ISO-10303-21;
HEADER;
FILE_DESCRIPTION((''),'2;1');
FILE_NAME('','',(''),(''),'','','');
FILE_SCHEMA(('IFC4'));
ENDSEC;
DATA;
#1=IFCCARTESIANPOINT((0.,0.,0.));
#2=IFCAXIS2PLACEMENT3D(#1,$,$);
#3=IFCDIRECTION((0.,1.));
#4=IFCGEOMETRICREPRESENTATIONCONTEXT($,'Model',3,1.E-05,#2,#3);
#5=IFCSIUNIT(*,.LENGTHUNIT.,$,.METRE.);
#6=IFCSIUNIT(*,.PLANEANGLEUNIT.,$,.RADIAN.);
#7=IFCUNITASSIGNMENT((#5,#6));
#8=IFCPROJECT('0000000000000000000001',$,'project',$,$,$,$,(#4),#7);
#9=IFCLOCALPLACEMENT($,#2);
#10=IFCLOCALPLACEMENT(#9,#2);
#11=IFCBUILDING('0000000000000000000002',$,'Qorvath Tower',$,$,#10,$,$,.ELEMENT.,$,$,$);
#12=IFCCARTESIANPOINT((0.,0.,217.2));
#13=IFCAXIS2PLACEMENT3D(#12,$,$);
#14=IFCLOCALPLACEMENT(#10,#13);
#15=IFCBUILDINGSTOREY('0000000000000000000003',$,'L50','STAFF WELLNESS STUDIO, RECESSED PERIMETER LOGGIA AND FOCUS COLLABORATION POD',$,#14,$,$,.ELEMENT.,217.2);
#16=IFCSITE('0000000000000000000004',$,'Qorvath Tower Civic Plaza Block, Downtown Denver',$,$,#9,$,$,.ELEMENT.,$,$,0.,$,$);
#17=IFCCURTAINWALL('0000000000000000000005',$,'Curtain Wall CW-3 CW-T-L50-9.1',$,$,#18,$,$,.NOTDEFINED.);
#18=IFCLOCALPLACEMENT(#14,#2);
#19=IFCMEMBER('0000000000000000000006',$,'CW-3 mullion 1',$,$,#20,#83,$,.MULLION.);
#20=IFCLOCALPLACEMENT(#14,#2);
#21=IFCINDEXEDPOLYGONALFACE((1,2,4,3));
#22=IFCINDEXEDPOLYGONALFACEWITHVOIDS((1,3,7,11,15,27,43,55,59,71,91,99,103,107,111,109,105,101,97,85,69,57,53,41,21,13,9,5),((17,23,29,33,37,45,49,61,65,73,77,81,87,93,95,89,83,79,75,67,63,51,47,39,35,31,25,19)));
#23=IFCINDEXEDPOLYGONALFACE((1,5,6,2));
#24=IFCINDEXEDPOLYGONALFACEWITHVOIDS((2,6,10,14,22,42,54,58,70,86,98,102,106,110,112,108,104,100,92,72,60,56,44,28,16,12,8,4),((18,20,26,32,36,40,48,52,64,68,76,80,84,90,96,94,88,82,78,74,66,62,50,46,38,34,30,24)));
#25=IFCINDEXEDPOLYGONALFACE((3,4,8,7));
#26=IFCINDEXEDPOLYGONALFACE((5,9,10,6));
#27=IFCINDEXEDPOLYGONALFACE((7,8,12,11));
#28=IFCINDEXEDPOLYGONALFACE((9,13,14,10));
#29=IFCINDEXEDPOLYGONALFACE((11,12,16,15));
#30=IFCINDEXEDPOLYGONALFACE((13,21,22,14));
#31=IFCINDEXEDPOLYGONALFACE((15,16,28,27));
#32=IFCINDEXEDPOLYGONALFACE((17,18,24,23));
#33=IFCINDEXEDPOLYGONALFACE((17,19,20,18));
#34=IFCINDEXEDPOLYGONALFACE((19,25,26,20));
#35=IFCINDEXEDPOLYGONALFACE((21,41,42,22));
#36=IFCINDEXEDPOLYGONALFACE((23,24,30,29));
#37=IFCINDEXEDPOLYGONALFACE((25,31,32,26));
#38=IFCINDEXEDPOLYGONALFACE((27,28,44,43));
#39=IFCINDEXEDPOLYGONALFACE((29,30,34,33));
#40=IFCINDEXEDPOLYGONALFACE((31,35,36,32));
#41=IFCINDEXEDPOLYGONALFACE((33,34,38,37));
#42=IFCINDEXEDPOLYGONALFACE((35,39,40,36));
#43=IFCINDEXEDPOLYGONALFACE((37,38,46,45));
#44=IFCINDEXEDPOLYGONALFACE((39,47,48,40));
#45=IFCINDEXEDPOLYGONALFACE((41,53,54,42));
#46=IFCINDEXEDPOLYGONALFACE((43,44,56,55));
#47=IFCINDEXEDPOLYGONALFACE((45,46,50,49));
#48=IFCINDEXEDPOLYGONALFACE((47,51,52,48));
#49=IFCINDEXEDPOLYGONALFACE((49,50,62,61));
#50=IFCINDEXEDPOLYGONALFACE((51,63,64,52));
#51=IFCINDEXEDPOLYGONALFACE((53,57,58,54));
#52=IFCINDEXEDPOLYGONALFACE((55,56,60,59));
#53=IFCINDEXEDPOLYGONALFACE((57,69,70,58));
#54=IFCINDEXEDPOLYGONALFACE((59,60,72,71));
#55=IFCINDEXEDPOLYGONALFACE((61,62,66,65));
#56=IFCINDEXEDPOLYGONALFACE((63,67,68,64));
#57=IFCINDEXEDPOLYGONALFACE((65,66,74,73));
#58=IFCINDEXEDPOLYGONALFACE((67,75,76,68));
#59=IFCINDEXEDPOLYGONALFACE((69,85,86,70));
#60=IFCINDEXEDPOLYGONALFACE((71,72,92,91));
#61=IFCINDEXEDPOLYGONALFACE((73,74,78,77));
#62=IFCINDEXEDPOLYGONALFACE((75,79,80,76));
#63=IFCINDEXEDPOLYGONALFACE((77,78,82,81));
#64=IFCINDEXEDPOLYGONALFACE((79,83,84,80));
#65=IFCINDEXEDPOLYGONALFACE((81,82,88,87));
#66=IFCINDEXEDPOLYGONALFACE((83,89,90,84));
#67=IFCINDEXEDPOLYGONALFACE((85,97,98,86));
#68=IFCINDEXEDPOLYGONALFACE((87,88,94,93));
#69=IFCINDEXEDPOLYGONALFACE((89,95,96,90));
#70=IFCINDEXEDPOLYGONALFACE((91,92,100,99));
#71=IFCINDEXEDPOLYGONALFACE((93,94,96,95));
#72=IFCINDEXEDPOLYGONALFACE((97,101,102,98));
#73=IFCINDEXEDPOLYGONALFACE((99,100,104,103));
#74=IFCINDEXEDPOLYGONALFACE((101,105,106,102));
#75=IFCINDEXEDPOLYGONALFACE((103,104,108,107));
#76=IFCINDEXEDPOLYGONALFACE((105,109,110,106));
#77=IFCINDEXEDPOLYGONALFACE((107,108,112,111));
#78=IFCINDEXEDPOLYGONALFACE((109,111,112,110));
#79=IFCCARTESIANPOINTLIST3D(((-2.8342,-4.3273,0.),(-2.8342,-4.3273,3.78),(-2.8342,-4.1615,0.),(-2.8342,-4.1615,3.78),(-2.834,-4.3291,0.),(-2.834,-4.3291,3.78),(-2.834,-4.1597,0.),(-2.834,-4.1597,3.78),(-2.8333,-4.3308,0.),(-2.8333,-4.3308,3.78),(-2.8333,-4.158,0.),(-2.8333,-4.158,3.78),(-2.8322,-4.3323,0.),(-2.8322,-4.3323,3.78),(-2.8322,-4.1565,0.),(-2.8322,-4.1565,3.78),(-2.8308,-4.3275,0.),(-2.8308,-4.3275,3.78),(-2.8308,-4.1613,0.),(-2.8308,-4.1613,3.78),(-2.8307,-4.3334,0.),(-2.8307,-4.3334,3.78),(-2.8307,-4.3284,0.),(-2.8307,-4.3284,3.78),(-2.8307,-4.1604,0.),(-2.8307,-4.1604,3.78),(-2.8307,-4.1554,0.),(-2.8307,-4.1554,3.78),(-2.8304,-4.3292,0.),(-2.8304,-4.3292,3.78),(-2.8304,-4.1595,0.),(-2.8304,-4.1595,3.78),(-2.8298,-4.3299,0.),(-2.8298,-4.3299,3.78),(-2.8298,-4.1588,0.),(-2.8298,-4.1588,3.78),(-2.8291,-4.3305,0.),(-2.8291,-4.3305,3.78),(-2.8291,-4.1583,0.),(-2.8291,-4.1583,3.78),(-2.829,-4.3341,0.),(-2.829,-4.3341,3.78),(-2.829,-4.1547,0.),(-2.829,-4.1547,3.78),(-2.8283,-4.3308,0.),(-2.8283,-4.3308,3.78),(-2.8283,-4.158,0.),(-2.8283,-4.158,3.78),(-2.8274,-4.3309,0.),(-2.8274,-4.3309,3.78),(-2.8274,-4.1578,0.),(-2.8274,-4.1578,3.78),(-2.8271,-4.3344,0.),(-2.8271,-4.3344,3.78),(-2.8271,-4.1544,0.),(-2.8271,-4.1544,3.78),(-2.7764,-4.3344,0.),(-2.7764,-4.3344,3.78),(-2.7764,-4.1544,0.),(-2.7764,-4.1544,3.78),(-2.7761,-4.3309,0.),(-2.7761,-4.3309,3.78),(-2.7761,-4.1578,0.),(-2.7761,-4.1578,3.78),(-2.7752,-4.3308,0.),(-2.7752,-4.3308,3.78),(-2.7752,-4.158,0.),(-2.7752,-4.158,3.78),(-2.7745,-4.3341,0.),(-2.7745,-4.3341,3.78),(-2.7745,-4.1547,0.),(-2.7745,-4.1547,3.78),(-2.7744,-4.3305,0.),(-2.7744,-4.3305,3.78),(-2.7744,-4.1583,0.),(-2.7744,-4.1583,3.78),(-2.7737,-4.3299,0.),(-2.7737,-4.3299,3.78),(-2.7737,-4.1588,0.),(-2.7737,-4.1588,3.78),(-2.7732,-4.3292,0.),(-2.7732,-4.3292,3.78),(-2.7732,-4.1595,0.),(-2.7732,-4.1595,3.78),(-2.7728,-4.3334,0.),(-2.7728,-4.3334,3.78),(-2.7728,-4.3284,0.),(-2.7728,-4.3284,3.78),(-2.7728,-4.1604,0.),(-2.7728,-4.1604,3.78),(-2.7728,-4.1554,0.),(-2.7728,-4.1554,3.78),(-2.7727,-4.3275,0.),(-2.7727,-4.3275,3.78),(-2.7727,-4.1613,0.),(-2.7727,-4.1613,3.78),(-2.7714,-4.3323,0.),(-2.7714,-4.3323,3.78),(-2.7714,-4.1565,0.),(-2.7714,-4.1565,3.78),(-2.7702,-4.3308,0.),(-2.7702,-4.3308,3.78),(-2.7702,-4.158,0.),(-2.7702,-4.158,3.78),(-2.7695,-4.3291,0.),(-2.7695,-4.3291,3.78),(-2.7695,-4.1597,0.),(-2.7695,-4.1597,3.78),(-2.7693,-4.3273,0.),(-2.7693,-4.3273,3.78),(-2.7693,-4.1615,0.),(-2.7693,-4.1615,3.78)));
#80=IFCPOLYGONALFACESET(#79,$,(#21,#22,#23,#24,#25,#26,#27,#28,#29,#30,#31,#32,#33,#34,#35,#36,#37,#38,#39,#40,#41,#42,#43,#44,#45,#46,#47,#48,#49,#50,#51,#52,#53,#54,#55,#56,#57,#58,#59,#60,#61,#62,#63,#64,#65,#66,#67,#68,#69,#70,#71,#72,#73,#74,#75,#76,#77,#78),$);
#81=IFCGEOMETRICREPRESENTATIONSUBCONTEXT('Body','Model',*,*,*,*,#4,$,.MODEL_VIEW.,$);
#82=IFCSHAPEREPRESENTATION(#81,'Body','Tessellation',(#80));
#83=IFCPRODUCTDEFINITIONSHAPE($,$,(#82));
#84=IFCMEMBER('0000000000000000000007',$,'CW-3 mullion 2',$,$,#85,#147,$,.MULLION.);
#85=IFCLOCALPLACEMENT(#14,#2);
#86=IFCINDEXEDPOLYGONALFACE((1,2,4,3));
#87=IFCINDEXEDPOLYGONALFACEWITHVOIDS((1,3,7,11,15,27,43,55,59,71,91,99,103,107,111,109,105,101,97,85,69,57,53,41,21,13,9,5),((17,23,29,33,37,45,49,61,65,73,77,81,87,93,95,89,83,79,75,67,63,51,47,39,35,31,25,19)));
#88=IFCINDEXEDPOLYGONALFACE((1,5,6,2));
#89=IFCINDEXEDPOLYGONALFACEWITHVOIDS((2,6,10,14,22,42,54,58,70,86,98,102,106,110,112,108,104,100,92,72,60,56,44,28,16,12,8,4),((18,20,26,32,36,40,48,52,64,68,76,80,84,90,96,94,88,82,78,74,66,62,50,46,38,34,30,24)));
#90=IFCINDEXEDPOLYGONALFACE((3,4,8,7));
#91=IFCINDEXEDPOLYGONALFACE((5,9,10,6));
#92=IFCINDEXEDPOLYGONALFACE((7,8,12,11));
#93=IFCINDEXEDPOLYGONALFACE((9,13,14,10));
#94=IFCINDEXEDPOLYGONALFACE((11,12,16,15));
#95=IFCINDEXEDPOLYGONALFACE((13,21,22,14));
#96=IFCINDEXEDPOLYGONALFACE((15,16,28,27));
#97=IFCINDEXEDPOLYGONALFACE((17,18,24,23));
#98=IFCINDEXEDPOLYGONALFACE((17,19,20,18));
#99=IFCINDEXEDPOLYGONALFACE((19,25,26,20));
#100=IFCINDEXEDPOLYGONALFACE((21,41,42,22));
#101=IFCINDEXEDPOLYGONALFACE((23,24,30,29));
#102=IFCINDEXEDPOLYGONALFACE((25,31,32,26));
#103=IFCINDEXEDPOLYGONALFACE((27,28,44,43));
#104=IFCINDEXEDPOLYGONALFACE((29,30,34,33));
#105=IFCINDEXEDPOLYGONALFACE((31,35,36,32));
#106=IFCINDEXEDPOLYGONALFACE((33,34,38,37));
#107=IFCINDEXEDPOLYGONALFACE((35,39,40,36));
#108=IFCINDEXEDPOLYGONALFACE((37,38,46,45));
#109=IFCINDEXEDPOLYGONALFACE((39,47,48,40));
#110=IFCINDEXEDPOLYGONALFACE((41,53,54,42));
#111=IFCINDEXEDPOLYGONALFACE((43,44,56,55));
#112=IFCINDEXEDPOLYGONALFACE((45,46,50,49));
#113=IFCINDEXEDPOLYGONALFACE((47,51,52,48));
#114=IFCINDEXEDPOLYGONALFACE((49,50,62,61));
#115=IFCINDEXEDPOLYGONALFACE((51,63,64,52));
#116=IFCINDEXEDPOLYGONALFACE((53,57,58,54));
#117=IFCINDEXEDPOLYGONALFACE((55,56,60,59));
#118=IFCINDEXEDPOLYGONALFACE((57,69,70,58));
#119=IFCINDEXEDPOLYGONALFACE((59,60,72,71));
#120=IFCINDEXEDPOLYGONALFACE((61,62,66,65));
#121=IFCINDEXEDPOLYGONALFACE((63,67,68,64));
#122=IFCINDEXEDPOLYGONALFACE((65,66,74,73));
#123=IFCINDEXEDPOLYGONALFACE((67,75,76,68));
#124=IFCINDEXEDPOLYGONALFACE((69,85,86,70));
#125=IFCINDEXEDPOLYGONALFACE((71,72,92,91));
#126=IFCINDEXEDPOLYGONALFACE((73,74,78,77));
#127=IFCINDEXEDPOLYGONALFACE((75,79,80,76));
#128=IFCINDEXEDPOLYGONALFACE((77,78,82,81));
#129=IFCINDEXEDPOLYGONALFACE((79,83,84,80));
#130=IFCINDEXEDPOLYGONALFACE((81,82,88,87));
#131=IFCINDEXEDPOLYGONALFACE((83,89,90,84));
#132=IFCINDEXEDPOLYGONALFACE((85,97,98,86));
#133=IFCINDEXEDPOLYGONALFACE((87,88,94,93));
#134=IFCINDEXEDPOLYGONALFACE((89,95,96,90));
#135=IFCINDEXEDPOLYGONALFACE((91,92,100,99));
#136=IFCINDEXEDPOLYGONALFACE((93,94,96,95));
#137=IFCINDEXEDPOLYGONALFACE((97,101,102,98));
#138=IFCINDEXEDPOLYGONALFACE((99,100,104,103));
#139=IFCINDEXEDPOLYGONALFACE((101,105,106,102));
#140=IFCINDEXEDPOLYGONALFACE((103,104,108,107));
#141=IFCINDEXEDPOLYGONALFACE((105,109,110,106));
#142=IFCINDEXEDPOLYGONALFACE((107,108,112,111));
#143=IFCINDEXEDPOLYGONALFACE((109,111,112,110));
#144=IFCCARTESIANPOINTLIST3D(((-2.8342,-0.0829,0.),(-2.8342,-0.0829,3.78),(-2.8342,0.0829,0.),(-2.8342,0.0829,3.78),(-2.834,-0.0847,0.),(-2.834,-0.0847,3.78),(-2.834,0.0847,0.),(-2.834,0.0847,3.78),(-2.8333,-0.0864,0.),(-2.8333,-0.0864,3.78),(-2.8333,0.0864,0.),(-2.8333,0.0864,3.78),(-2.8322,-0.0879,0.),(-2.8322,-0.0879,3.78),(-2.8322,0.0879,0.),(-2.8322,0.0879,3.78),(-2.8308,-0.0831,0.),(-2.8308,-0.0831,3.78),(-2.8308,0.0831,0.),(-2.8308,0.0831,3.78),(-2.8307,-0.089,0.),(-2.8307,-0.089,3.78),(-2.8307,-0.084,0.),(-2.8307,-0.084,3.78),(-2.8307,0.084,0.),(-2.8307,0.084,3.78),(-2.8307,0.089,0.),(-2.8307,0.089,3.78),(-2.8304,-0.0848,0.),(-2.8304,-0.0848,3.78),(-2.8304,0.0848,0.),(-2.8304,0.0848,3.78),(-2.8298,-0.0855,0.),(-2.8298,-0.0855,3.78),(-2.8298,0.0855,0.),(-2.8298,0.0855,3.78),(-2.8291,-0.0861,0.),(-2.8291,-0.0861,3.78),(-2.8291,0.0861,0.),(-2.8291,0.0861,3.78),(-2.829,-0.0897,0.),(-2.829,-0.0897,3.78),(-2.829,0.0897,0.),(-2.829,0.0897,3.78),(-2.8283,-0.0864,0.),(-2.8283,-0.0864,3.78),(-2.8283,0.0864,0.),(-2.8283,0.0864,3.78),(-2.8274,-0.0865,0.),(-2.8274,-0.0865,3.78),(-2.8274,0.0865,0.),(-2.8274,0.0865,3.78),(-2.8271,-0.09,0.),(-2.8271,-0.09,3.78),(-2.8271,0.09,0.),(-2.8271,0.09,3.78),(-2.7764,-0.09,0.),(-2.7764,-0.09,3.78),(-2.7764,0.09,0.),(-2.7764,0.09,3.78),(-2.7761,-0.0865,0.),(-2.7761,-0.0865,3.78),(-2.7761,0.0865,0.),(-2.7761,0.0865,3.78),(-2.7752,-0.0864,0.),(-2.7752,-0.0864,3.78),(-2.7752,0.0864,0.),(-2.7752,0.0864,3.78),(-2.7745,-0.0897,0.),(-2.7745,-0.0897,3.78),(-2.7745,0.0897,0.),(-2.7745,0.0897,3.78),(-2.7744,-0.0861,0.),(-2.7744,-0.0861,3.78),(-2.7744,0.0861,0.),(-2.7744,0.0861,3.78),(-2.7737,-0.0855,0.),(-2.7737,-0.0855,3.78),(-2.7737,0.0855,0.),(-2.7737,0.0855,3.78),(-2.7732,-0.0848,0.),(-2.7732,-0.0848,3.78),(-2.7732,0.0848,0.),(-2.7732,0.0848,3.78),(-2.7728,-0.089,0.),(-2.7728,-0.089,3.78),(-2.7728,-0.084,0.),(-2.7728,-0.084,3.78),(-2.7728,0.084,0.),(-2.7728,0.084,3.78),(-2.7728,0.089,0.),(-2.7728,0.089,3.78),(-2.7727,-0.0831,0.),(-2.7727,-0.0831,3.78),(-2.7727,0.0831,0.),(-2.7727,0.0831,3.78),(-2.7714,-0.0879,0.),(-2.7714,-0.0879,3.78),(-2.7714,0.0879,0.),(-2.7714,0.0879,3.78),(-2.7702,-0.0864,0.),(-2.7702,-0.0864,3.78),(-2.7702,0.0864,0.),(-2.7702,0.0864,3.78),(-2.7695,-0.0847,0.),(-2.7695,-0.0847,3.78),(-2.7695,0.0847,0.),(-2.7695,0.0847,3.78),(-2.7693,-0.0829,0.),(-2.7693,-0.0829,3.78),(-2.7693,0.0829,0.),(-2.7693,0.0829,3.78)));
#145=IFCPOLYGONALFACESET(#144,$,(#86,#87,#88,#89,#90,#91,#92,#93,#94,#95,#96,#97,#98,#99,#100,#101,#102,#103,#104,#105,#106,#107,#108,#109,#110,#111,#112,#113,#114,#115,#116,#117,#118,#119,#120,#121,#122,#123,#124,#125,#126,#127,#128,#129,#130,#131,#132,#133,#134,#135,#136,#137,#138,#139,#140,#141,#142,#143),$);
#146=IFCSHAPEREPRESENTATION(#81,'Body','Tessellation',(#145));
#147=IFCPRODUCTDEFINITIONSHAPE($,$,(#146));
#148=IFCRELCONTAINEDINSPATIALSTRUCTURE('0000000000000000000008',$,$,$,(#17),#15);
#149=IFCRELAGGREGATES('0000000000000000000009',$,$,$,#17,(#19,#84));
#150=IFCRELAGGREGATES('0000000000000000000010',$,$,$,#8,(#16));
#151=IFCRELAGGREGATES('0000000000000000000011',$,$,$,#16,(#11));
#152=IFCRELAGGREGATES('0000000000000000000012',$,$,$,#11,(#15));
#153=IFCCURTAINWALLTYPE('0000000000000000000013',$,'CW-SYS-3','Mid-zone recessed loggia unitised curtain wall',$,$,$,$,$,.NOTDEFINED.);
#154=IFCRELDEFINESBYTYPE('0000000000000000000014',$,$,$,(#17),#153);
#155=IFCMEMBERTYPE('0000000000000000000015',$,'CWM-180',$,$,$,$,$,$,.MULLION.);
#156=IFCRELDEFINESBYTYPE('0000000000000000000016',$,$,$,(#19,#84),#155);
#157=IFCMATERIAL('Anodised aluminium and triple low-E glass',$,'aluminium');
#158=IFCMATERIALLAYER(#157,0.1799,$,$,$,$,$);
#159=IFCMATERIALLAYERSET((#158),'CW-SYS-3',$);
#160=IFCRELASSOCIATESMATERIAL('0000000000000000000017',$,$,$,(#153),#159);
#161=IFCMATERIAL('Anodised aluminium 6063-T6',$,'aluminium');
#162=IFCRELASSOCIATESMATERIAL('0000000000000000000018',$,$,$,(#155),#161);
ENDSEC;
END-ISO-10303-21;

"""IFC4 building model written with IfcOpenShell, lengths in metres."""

from ifc_helpers import new_model, si_unit, direction, frame, origin, origin_2d, place, context, subcontext, project, spatial, hollow_rectangle, extrude, material, layer, layer_set, material_profile, profile_set, type_object, element, aggregate, save


model = new_model("IFC4")

# Units and contexts
model_context = context("Model", 3, precision=1e-05, world=origin(), true_north=direction((0.0, 1.0)))
body_context = subcontext(model_context, "Body", "Model", "MODEL_VIEW")
ifc_project = project(units=[si_unit("LENGTHUNIT", "METRE"), si_unit("PLANEANGLEUNIT", "RADIAN")], contexts=[model_context])

# Site, building, storey
site_placement = place(None, origin())
site = spatial("IfcSite", under=ifc_project, at=site_placement, Name="Qorvath Tower Civic Plaza Block, Downtown Denver", CompositionType="ELEMENT", RefElevation=0.0)
building_placement = place(site_placement, origin())
building = spatial("IfcBuilding", under=site, at=building_placement, Name="Qorvath Tower", CompositionType="ELEMENT")
storey_placement = place(building_placement, frame((0.0, 0.0, 217.2)))
storey = spatial("IfcBuildingStorey", under=building, at=storey_placement, Name="L50", Description="STAFF WELLNESS STUDIO, RECESSED PERIMETER LOGGIA AND FOCUS COLLABORATION POD", CompositionType="ELEMENT", Elevation=217.2)

# Curtain wall, members
ifc_material_1 = material(Name="Anodised aluminium and triple low-E glass", Category="aluminium")
ifc_layer_1 = layer(ifc_material_1, 0.1799)
ifc_layer_set_1 = layer_set([ifc_layer_1], Name="CW-SYS-3")
curtain_wall_type = type_object("IfcCurtainWallType", Name="CW-SYS-3", Description="Mid-zone recessed loggia unitised curtain wall", PredefinedType="NOTDEFINED", material=ifc_layer_set_1)
curtain_wall_placement = place(storey_placement, origin())
curtain_wall = element("IfcCurtainWall", 1, at=curtain_wall_placement, inside=storey, type_object=curtain_wall_type, Name="Curtain Wall CW-3 CW-T-L50-9.1", PredefinedType="NOTDEFINED")
ifc_material_2 = material(Name="Anodised aluminium 6063-T6", Category="aluminium")
ifc_material_profile_1 = material_profile(ifc_material_2, hollow_rectangle(XDim=0.0649, YDim=0.1799, WallThickness=0.0034, InnerFilletRadius=0.0034, OuterFilletRadius=0.0071, at=origin_2d()), Name="CWM 180x65")
ifc_profile_set_1 = profile_set([ifc_material_profile_1], Name="Anodised aluminium 6063-T6")
member_type_1 = type_object("IfcMemberType", Name="CWM-180", PredefinedType="MULLION", material=ifc_profile_set_1)
member_1_placement = place(storey_placement, frame((-2.8018, -4.2444, 0.0), z_axis=(0.0, 0.0, 1.0), x_axis=(-1.0, 0.0, 0.0)))
member_1 = element("IfcMember", 2, at=member_1_placement, type_object=member_type_1, Name="CW-3 mullion 1", PredefinedType="MULLION", context=body_context, shape_type="SweptSolid", body=[
    extrude(hollow_rectangle(XDim=0.0649, YDim=0.1799, WallThickness=0.0034, InnerFilletRadius=0.0034, OuterFilletRadius=0.0071, at=origin_2d()), origin(), (0.0, 0.0, 1.0), 3.78),
])
member_2_placement = place(storey_placement, frame((-2.8018, 0.0, 0.0), z_axis=(0.0, 0.0, 1.0), x_axis=(-1.0, 0.0, 0.0)))
member_2 = element("IfcMember", 3, at=member_2_placement, type_object=member_type_1, Name="CW-3 mullion 2", PredefinedType="MULLION", context=body_context, shape_type="SweptSolid", body=[
    extrude(hollow_rectangle(XDim=0.0649, YDim=0.1799, WallThickness=0.0034, InnerFilletRadius=0.0034, OuterFilletRadius=0.0071, at=origin_2d()), origin(), (0.0, 0.0, 1.0), 3.78),
])
aggregate(curtain_wall, [member_1, member_2])

save(model, "model.ifc")
